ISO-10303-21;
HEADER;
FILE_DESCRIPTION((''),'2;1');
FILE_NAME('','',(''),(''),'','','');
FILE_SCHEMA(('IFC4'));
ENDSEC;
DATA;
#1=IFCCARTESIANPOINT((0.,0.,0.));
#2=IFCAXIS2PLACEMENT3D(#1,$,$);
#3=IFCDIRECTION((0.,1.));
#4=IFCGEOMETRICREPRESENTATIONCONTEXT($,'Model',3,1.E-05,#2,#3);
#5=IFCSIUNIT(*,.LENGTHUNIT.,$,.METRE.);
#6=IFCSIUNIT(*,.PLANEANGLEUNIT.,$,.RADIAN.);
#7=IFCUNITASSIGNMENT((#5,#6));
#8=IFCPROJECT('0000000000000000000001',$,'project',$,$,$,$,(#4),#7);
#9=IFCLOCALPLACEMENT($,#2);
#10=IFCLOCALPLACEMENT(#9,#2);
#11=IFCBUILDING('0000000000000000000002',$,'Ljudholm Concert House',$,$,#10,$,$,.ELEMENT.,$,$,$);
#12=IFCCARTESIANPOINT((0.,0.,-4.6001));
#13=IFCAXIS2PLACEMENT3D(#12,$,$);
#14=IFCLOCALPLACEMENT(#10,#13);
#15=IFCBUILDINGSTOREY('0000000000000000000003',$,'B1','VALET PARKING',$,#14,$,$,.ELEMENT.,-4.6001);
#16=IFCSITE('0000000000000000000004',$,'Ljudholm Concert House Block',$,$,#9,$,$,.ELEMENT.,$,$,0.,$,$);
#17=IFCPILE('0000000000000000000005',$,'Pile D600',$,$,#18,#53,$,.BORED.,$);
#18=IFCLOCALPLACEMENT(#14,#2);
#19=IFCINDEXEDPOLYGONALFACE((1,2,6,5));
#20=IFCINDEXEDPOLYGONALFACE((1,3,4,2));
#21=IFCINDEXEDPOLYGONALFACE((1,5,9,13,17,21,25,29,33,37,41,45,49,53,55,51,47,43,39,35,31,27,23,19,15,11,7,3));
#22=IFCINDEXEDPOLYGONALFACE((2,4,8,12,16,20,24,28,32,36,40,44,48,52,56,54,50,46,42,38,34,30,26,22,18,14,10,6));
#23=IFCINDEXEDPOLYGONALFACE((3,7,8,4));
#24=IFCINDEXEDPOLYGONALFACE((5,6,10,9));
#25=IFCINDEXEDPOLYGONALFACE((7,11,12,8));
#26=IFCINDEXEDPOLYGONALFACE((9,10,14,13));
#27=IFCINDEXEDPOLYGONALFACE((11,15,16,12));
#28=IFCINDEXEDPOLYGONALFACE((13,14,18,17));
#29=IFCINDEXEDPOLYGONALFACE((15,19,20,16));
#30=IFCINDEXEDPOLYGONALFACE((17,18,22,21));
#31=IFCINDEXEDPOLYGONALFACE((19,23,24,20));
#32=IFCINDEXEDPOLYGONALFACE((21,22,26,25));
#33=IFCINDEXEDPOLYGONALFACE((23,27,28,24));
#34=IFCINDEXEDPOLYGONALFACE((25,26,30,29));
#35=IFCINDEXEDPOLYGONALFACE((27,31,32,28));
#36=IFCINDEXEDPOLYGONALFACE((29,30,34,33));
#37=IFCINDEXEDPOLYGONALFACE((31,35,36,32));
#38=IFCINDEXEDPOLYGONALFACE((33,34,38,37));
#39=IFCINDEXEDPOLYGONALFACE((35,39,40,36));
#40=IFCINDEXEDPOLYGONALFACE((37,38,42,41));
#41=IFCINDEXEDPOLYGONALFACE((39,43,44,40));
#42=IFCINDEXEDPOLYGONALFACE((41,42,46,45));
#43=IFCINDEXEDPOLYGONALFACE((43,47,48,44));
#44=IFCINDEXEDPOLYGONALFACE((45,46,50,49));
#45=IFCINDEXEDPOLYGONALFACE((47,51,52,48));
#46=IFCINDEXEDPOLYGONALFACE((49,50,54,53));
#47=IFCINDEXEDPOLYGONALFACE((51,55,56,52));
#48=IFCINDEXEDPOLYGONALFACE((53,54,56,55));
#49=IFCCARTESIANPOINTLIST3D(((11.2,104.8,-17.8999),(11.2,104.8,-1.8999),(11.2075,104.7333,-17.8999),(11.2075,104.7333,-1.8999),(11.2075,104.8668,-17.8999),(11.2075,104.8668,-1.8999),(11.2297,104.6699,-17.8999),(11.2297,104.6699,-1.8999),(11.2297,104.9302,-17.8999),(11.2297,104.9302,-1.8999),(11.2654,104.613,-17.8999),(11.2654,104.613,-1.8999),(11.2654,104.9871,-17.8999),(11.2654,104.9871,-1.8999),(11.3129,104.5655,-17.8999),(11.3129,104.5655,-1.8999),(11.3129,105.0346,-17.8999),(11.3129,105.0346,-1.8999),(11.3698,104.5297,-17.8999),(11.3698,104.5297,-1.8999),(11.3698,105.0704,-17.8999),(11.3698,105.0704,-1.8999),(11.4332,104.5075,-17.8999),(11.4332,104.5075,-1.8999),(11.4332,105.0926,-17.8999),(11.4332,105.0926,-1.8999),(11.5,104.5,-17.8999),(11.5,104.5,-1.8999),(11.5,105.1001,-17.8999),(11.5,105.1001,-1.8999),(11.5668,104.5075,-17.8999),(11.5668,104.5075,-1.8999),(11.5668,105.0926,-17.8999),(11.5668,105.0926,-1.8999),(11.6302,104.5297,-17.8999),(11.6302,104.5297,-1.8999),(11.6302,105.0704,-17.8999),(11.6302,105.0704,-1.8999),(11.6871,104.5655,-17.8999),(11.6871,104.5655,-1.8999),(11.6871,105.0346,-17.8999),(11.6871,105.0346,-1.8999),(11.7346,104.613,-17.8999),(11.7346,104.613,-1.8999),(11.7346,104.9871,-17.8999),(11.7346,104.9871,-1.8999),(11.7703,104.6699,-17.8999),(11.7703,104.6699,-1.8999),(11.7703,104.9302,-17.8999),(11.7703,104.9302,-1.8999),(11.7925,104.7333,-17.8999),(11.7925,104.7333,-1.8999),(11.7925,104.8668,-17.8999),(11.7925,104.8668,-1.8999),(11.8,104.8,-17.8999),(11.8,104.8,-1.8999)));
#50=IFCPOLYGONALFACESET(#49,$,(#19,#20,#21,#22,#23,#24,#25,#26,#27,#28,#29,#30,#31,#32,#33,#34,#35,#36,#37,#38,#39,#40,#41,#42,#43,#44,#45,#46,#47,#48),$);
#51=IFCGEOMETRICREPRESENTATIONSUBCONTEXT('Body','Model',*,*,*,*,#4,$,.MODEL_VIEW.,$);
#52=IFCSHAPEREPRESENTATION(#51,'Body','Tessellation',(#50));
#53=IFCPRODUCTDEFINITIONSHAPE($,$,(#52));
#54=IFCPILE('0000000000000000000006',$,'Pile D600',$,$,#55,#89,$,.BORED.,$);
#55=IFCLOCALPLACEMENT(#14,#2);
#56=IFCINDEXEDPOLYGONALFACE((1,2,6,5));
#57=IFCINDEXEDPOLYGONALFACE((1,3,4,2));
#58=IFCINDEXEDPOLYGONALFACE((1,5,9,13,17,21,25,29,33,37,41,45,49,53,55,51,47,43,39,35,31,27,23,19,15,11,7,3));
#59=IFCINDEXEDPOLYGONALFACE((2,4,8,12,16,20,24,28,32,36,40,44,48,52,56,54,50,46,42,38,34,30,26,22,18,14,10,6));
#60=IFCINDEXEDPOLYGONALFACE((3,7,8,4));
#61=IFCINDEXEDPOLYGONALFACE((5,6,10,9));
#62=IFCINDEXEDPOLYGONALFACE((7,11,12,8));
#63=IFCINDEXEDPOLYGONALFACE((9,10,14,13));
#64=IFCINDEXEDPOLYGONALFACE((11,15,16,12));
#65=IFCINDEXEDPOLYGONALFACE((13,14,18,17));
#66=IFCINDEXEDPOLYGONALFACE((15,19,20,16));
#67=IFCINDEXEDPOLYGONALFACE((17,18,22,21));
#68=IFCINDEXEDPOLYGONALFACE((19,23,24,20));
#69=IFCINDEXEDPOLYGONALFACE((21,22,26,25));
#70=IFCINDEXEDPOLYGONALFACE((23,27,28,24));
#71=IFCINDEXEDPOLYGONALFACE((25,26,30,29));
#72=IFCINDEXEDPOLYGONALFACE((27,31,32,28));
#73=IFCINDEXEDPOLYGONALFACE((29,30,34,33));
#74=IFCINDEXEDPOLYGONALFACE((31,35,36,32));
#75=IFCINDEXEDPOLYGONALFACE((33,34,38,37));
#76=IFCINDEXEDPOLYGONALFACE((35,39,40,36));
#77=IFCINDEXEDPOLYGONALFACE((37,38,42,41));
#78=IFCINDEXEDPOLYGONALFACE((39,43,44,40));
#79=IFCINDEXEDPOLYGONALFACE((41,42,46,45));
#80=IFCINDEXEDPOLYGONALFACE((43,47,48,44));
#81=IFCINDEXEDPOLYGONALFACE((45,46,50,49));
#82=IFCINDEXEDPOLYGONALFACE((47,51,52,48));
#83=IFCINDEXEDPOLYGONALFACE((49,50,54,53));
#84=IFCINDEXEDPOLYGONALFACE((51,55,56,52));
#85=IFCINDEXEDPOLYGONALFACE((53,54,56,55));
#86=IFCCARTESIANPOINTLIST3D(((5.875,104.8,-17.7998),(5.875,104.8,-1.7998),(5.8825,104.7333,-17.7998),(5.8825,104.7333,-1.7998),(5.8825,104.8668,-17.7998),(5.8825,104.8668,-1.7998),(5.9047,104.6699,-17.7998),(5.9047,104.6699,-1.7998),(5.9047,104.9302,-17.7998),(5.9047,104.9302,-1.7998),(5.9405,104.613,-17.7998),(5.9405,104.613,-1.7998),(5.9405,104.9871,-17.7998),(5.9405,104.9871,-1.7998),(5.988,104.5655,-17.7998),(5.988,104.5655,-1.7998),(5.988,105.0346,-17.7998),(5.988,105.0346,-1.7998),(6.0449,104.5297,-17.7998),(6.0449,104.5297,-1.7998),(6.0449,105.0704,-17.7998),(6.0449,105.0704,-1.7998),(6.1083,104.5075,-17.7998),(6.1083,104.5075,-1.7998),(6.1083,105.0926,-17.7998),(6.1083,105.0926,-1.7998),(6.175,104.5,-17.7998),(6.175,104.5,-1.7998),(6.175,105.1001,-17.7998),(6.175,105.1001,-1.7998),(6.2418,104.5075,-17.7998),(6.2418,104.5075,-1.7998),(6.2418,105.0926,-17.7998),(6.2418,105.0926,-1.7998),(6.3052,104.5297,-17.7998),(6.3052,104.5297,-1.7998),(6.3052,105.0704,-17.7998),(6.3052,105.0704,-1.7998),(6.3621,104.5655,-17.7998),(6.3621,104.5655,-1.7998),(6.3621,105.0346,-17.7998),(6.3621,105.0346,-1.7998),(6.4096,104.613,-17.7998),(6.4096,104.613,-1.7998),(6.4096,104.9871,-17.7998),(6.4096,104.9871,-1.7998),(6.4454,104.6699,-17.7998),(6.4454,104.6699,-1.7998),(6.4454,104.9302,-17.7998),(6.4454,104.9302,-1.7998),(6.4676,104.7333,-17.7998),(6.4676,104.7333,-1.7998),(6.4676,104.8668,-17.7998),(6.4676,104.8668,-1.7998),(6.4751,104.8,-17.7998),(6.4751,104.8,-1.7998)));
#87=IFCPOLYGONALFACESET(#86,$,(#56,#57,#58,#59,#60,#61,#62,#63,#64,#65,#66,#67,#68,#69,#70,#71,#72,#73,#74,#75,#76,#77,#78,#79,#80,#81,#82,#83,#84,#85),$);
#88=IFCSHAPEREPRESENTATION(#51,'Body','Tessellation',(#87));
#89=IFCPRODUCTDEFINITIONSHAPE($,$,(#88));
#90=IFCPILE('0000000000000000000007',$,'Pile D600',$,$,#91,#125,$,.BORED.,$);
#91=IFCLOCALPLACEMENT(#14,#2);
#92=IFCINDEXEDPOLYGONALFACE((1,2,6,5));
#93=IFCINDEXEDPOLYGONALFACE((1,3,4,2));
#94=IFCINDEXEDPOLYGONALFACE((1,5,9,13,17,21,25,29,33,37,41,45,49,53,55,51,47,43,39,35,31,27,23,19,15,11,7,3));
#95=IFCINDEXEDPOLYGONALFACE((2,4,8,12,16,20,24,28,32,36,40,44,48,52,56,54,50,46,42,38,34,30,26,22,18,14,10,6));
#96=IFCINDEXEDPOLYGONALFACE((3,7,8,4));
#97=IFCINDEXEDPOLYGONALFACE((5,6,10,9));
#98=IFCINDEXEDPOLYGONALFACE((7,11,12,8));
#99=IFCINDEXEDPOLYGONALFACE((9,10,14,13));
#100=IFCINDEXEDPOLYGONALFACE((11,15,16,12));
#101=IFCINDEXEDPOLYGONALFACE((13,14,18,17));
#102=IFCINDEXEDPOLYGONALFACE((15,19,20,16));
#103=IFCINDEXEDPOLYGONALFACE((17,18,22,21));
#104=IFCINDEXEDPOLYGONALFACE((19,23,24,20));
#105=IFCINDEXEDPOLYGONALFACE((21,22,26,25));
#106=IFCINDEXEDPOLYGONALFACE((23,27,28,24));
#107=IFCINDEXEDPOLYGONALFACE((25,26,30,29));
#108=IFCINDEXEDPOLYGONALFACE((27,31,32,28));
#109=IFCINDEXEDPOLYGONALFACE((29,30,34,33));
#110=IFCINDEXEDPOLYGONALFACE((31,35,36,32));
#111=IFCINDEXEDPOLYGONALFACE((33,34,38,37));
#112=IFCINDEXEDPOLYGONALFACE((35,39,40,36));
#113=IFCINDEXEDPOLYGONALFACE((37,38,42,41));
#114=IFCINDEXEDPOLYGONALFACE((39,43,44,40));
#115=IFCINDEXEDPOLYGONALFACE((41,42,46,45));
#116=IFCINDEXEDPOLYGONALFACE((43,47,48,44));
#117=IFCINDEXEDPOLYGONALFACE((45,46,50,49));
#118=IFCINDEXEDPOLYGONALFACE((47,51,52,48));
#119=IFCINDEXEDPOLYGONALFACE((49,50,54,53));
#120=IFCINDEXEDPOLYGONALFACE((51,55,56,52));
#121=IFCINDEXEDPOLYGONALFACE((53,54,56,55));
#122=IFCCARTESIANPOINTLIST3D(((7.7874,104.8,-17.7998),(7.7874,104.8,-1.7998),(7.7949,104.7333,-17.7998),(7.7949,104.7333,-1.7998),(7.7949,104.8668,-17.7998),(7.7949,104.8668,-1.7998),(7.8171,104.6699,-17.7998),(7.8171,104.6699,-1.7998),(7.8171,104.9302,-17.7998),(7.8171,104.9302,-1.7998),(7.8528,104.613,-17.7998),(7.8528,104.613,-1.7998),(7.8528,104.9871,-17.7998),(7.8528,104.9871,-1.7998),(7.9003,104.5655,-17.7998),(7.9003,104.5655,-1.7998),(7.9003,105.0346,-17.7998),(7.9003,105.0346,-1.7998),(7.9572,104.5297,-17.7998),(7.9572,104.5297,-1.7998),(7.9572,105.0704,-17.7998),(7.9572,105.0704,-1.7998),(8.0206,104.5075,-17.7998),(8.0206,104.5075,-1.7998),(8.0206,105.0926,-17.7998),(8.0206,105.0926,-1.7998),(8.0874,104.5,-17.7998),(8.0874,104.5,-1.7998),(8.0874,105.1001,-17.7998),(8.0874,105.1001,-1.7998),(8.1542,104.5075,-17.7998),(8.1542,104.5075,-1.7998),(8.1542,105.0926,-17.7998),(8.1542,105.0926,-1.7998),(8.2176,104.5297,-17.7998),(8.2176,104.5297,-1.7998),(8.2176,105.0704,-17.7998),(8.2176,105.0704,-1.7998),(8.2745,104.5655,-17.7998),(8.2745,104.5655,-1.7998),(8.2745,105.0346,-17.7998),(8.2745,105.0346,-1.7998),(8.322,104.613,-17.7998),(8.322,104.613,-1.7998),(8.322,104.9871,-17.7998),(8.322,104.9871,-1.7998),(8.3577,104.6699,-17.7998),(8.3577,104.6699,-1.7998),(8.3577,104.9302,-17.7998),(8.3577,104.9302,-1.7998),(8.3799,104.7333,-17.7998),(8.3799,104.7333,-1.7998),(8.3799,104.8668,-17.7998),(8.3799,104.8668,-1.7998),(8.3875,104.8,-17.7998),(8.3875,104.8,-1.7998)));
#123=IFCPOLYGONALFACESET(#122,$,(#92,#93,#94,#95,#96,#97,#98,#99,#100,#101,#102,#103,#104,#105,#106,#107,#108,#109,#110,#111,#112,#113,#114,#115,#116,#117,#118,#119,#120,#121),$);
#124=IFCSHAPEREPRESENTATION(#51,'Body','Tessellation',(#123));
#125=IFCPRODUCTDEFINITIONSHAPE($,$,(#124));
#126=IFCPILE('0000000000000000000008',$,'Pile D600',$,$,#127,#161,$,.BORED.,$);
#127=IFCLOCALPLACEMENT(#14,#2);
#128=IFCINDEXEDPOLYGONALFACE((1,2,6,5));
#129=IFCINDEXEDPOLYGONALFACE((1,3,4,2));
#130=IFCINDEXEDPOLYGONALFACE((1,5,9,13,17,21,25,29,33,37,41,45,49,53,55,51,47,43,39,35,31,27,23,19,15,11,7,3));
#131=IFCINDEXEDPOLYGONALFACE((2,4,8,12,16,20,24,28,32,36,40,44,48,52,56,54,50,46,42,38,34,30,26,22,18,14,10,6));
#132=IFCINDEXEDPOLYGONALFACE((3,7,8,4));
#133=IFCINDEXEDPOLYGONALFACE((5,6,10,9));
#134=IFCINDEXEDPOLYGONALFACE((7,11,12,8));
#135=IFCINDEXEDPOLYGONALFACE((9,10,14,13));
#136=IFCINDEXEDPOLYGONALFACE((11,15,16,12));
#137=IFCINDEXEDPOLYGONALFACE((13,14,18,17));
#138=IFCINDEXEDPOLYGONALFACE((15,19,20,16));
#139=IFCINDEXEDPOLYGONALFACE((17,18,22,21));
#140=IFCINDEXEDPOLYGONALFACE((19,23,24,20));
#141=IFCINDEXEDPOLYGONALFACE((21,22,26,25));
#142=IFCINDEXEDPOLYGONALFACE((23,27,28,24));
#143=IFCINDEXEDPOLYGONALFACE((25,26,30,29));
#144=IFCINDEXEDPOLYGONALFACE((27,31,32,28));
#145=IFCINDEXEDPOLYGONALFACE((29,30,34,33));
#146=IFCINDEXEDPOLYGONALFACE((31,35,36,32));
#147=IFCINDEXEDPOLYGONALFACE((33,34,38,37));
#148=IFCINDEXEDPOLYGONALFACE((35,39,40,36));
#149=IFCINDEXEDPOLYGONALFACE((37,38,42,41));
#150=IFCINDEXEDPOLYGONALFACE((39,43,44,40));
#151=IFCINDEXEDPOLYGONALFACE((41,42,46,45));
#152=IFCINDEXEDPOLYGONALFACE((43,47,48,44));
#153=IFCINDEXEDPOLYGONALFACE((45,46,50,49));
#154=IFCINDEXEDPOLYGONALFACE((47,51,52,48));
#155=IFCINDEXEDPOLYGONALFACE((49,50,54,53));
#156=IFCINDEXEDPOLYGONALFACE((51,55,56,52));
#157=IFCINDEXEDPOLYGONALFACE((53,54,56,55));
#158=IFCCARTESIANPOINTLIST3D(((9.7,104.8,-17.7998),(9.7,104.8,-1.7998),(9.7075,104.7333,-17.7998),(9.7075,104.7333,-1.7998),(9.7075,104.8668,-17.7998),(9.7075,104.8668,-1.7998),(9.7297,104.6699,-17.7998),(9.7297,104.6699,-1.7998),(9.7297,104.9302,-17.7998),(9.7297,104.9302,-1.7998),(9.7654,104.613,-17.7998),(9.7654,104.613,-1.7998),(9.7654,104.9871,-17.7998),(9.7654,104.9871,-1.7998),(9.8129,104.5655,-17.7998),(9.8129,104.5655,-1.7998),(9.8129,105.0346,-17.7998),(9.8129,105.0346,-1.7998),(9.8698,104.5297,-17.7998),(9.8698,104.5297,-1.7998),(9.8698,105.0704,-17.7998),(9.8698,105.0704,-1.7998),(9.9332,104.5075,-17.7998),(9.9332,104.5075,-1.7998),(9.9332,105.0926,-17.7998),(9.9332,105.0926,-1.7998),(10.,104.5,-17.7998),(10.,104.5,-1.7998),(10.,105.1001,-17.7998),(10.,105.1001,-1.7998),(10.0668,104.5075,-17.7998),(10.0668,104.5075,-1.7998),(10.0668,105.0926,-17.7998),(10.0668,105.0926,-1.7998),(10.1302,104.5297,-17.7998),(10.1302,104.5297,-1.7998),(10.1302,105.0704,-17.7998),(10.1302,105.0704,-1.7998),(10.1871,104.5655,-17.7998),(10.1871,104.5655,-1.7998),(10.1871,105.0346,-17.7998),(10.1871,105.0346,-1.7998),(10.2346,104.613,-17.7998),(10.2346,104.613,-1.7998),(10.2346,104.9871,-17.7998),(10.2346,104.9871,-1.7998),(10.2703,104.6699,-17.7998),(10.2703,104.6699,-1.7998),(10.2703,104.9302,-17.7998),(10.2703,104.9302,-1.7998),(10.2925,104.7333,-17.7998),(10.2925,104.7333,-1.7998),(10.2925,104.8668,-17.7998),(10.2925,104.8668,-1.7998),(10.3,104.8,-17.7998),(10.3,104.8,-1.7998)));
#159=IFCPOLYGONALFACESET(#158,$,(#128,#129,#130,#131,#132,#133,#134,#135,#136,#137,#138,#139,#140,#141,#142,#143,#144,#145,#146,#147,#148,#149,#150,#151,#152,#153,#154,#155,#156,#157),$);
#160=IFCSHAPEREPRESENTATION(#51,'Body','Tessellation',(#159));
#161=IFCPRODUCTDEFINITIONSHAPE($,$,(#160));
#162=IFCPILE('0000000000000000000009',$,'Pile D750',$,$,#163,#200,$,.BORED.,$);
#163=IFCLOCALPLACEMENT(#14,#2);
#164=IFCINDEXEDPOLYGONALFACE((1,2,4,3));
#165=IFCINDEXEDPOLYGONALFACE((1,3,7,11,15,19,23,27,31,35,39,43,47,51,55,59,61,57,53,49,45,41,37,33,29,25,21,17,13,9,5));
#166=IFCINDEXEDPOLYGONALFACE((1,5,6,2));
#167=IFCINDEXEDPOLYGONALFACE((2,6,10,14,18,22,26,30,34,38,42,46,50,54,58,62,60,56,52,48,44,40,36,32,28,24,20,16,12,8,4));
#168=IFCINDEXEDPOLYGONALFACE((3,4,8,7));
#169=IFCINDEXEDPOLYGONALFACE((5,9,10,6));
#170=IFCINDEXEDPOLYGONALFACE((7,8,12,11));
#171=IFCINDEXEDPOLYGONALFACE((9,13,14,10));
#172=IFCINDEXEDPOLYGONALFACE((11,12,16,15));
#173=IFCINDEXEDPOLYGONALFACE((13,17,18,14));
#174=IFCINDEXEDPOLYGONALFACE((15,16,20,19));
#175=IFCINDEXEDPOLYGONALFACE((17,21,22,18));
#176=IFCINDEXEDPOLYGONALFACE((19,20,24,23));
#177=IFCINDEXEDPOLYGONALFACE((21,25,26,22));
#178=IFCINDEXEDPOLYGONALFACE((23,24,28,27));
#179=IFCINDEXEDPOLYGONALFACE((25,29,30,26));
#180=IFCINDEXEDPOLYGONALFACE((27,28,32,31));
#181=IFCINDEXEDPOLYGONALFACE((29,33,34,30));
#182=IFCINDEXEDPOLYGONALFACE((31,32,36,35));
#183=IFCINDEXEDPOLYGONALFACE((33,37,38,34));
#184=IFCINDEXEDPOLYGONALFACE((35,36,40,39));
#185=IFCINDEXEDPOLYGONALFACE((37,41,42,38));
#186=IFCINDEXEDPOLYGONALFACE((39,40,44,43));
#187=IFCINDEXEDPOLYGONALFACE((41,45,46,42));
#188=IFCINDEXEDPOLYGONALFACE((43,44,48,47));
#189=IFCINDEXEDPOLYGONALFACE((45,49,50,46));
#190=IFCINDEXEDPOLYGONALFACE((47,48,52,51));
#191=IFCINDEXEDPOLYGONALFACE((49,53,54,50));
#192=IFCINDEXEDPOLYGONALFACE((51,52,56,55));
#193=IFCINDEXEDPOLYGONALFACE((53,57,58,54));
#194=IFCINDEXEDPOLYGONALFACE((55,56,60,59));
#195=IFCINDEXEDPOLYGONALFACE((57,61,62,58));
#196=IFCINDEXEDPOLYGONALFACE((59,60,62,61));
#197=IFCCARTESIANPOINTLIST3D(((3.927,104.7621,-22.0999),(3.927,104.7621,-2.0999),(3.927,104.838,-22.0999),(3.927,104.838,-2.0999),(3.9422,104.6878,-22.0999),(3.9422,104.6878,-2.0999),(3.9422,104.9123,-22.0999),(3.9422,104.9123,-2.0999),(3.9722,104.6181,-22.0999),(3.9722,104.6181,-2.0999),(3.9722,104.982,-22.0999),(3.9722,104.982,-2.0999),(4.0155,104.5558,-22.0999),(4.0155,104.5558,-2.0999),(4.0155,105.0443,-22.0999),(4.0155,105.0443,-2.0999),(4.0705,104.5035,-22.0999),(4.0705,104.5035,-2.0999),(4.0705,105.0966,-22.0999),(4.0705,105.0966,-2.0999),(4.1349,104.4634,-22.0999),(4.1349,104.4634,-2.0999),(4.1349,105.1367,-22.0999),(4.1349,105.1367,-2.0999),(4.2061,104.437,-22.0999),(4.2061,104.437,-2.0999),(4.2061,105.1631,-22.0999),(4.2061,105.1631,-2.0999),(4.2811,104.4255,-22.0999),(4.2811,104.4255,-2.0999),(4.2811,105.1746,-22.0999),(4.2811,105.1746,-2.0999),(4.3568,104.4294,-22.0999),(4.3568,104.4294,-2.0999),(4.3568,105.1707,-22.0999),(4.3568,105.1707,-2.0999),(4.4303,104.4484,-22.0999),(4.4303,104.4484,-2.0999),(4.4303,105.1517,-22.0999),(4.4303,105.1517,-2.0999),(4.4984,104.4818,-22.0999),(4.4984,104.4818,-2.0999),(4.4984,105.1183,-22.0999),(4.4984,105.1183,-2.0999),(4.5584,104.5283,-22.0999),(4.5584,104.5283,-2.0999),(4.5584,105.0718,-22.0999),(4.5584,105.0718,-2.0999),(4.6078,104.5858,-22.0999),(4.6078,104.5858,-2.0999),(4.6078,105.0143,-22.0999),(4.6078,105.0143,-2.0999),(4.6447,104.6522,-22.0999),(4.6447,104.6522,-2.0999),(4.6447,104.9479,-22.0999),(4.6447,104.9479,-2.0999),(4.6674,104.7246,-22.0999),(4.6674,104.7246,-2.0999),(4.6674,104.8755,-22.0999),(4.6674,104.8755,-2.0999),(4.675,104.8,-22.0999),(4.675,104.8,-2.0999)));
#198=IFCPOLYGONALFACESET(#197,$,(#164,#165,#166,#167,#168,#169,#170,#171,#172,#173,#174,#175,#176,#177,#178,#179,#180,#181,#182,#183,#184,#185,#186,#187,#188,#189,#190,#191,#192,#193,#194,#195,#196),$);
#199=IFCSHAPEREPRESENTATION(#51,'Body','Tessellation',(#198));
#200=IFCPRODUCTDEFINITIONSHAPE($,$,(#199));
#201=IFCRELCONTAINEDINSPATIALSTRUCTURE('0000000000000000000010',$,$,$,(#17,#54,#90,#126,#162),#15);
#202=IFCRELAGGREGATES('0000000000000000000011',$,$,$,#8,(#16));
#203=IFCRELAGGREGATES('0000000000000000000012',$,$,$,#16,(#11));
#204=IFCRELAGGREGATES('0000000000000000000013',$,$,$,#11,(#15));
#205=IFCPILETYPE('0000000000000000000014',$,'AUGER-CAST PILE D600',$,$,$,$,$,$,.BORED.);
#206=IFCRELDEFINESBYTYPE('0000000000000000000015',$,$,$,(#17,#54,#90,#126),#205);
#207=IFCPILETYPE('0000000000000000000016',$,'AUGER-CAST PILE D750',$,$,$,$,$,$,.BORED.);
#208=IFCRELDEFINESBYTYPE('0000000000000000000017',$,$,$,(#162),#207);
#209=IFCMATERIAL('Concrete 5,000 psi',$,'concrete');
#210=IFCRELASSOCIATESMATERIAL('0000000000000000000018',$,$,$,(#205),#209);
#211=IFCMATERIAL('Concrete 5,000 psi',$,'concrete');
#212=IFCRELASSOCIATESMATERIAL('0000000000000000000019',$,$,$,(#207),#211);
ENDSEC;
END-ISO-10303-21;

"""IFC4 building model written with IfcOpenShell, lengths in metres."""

from ifc_helpers import new_model, si_unit, direction, frame, origin, origin_2d, place, context, subcontext, project, spatial, circle, extrude, material, material_profile, profile_set, type_object, element, save


model = new_model("IFC4")

# Units and contexts
model_context = context("Model", 3, precision=1e-05, world=origin(), true_north=direction((0.0, 1.0)))
body_context = subcontext(model_context, "Body", "Model", "MODEL_VIEW")
ifc_project = project(units=[si_unit("LENGTHUNIT", "METRE"), si_unit("PLANEANGLEUNIT", "RADIAN")], contexts=[model_context])

# Site, building, storey
site_placement = place(None, origin())
site = spatial("IfcSite", under=ifc_project, at=site_placement, Name="Ljudholm Concert House Block", CompositionType="ELEMENT", RefElevation=0.0)
building_placement = place(site_placement, origin())
building = spatial("IfcBuilding", under=site, at=building_placement, Name="Ljudholm Concert House", CompositionType="ELEMENT")
storey_placement = place(building_placement, frame((0.0, 0.0, -4.6001)))
storey = spatial("IfcBuildingStorey", under=building, at=storey_placement, Name="B1", Description="VALET PARKING", CompositionType="ELEMENT", Elevation=-4.6001)

# Piles
ifc_material_1 = material(Name="Concrete 5,000 psi", Category="concrete")
ifc_material_profile_1 = material_profile(ifc_material_1, circle(Radius=0.3, at=origin_2d()), Name="AUGER-CAST PILE D600")
ifc_profile_set_1 = profile_set([ifc_material_profile_1], Name="Concrete 5,000 psi")
pile_type_1 = type_object("IfcPileType", Name="AUGER-CAST PILE D600", PredefinedType="BORED", material=ifc_profile_set_1)
for number, where, z_axis, x_axis, name in (
    (1, (11.5, 104.8, -1.8999), (0.0, 0.0, -1.0), (1.0, 0.0, 0.0), "Pile D600"),
    (2, (6.175, 104.8, -1.7998), (0.0, 0.0, -1.0), (1.0, 0.0, 0.0), "Pile D600"),
    (3, (8.0874, 104.8, -1.7998), (0.0, 0.0, -1.0), (1.0, 0.0, 0.0), "Pile D600"),
    (4, (10.0, 104.8, -1.7998), (0.0, 0.0, -1.0), (1.0, 0.0, 0.0), "Pile D600"),
):
    element("IfcPile", number, at=place(storey_placement, frame(where, z_axis=z_axis, x_axis=x_axis)), inside=storey, type_object=pile_type_1, Name=name, PredefinedType="BORED", context=body_context, shape_type="SweptSolid", body=[
        extrude(circle(Radius=0.3, at=origin_2d()), origin(), (0.0, 0.0, 1.0), 16.0),
    ])
ifc_material_2 = material(Name="Concrete 5,000 psi", Category="concrete")
ifc_material_profile_2 = material_profile(ifc_material_2, circle(Radius=0.375, at=origin_2d()), Name="AUGER-CAST PILE D750")
ifc_profile_set_2 = profile_set([ifc_material_profile_2], Name="Concrete 5,000 psi")
pile_type_2 = type_object("IfcPileType", Name="AUGER-CAST PILE D750", PredefinedType="BORED", material=ifc_profile_set_2)
pile_placement = place(storey_placement, frame((4.3, 104.8, -2.0999), z_axis=(0.0, 0.0, -1.0), x_axis=(1.0, 0.0, 0.0)))
element("IfcPile", 5, at=pile_placement, inside=storey, type_object=pile_type_2, Name="Pile D750", PredefinedType="BORED", context=body_context, shape_type="SweptSolid", body=[
    extrude(circle(Radius=0.375, at=origin_2d()), origin(), (0.0, 0.0, 1.0), 20.0),
])

save(model, "model.ifc")
